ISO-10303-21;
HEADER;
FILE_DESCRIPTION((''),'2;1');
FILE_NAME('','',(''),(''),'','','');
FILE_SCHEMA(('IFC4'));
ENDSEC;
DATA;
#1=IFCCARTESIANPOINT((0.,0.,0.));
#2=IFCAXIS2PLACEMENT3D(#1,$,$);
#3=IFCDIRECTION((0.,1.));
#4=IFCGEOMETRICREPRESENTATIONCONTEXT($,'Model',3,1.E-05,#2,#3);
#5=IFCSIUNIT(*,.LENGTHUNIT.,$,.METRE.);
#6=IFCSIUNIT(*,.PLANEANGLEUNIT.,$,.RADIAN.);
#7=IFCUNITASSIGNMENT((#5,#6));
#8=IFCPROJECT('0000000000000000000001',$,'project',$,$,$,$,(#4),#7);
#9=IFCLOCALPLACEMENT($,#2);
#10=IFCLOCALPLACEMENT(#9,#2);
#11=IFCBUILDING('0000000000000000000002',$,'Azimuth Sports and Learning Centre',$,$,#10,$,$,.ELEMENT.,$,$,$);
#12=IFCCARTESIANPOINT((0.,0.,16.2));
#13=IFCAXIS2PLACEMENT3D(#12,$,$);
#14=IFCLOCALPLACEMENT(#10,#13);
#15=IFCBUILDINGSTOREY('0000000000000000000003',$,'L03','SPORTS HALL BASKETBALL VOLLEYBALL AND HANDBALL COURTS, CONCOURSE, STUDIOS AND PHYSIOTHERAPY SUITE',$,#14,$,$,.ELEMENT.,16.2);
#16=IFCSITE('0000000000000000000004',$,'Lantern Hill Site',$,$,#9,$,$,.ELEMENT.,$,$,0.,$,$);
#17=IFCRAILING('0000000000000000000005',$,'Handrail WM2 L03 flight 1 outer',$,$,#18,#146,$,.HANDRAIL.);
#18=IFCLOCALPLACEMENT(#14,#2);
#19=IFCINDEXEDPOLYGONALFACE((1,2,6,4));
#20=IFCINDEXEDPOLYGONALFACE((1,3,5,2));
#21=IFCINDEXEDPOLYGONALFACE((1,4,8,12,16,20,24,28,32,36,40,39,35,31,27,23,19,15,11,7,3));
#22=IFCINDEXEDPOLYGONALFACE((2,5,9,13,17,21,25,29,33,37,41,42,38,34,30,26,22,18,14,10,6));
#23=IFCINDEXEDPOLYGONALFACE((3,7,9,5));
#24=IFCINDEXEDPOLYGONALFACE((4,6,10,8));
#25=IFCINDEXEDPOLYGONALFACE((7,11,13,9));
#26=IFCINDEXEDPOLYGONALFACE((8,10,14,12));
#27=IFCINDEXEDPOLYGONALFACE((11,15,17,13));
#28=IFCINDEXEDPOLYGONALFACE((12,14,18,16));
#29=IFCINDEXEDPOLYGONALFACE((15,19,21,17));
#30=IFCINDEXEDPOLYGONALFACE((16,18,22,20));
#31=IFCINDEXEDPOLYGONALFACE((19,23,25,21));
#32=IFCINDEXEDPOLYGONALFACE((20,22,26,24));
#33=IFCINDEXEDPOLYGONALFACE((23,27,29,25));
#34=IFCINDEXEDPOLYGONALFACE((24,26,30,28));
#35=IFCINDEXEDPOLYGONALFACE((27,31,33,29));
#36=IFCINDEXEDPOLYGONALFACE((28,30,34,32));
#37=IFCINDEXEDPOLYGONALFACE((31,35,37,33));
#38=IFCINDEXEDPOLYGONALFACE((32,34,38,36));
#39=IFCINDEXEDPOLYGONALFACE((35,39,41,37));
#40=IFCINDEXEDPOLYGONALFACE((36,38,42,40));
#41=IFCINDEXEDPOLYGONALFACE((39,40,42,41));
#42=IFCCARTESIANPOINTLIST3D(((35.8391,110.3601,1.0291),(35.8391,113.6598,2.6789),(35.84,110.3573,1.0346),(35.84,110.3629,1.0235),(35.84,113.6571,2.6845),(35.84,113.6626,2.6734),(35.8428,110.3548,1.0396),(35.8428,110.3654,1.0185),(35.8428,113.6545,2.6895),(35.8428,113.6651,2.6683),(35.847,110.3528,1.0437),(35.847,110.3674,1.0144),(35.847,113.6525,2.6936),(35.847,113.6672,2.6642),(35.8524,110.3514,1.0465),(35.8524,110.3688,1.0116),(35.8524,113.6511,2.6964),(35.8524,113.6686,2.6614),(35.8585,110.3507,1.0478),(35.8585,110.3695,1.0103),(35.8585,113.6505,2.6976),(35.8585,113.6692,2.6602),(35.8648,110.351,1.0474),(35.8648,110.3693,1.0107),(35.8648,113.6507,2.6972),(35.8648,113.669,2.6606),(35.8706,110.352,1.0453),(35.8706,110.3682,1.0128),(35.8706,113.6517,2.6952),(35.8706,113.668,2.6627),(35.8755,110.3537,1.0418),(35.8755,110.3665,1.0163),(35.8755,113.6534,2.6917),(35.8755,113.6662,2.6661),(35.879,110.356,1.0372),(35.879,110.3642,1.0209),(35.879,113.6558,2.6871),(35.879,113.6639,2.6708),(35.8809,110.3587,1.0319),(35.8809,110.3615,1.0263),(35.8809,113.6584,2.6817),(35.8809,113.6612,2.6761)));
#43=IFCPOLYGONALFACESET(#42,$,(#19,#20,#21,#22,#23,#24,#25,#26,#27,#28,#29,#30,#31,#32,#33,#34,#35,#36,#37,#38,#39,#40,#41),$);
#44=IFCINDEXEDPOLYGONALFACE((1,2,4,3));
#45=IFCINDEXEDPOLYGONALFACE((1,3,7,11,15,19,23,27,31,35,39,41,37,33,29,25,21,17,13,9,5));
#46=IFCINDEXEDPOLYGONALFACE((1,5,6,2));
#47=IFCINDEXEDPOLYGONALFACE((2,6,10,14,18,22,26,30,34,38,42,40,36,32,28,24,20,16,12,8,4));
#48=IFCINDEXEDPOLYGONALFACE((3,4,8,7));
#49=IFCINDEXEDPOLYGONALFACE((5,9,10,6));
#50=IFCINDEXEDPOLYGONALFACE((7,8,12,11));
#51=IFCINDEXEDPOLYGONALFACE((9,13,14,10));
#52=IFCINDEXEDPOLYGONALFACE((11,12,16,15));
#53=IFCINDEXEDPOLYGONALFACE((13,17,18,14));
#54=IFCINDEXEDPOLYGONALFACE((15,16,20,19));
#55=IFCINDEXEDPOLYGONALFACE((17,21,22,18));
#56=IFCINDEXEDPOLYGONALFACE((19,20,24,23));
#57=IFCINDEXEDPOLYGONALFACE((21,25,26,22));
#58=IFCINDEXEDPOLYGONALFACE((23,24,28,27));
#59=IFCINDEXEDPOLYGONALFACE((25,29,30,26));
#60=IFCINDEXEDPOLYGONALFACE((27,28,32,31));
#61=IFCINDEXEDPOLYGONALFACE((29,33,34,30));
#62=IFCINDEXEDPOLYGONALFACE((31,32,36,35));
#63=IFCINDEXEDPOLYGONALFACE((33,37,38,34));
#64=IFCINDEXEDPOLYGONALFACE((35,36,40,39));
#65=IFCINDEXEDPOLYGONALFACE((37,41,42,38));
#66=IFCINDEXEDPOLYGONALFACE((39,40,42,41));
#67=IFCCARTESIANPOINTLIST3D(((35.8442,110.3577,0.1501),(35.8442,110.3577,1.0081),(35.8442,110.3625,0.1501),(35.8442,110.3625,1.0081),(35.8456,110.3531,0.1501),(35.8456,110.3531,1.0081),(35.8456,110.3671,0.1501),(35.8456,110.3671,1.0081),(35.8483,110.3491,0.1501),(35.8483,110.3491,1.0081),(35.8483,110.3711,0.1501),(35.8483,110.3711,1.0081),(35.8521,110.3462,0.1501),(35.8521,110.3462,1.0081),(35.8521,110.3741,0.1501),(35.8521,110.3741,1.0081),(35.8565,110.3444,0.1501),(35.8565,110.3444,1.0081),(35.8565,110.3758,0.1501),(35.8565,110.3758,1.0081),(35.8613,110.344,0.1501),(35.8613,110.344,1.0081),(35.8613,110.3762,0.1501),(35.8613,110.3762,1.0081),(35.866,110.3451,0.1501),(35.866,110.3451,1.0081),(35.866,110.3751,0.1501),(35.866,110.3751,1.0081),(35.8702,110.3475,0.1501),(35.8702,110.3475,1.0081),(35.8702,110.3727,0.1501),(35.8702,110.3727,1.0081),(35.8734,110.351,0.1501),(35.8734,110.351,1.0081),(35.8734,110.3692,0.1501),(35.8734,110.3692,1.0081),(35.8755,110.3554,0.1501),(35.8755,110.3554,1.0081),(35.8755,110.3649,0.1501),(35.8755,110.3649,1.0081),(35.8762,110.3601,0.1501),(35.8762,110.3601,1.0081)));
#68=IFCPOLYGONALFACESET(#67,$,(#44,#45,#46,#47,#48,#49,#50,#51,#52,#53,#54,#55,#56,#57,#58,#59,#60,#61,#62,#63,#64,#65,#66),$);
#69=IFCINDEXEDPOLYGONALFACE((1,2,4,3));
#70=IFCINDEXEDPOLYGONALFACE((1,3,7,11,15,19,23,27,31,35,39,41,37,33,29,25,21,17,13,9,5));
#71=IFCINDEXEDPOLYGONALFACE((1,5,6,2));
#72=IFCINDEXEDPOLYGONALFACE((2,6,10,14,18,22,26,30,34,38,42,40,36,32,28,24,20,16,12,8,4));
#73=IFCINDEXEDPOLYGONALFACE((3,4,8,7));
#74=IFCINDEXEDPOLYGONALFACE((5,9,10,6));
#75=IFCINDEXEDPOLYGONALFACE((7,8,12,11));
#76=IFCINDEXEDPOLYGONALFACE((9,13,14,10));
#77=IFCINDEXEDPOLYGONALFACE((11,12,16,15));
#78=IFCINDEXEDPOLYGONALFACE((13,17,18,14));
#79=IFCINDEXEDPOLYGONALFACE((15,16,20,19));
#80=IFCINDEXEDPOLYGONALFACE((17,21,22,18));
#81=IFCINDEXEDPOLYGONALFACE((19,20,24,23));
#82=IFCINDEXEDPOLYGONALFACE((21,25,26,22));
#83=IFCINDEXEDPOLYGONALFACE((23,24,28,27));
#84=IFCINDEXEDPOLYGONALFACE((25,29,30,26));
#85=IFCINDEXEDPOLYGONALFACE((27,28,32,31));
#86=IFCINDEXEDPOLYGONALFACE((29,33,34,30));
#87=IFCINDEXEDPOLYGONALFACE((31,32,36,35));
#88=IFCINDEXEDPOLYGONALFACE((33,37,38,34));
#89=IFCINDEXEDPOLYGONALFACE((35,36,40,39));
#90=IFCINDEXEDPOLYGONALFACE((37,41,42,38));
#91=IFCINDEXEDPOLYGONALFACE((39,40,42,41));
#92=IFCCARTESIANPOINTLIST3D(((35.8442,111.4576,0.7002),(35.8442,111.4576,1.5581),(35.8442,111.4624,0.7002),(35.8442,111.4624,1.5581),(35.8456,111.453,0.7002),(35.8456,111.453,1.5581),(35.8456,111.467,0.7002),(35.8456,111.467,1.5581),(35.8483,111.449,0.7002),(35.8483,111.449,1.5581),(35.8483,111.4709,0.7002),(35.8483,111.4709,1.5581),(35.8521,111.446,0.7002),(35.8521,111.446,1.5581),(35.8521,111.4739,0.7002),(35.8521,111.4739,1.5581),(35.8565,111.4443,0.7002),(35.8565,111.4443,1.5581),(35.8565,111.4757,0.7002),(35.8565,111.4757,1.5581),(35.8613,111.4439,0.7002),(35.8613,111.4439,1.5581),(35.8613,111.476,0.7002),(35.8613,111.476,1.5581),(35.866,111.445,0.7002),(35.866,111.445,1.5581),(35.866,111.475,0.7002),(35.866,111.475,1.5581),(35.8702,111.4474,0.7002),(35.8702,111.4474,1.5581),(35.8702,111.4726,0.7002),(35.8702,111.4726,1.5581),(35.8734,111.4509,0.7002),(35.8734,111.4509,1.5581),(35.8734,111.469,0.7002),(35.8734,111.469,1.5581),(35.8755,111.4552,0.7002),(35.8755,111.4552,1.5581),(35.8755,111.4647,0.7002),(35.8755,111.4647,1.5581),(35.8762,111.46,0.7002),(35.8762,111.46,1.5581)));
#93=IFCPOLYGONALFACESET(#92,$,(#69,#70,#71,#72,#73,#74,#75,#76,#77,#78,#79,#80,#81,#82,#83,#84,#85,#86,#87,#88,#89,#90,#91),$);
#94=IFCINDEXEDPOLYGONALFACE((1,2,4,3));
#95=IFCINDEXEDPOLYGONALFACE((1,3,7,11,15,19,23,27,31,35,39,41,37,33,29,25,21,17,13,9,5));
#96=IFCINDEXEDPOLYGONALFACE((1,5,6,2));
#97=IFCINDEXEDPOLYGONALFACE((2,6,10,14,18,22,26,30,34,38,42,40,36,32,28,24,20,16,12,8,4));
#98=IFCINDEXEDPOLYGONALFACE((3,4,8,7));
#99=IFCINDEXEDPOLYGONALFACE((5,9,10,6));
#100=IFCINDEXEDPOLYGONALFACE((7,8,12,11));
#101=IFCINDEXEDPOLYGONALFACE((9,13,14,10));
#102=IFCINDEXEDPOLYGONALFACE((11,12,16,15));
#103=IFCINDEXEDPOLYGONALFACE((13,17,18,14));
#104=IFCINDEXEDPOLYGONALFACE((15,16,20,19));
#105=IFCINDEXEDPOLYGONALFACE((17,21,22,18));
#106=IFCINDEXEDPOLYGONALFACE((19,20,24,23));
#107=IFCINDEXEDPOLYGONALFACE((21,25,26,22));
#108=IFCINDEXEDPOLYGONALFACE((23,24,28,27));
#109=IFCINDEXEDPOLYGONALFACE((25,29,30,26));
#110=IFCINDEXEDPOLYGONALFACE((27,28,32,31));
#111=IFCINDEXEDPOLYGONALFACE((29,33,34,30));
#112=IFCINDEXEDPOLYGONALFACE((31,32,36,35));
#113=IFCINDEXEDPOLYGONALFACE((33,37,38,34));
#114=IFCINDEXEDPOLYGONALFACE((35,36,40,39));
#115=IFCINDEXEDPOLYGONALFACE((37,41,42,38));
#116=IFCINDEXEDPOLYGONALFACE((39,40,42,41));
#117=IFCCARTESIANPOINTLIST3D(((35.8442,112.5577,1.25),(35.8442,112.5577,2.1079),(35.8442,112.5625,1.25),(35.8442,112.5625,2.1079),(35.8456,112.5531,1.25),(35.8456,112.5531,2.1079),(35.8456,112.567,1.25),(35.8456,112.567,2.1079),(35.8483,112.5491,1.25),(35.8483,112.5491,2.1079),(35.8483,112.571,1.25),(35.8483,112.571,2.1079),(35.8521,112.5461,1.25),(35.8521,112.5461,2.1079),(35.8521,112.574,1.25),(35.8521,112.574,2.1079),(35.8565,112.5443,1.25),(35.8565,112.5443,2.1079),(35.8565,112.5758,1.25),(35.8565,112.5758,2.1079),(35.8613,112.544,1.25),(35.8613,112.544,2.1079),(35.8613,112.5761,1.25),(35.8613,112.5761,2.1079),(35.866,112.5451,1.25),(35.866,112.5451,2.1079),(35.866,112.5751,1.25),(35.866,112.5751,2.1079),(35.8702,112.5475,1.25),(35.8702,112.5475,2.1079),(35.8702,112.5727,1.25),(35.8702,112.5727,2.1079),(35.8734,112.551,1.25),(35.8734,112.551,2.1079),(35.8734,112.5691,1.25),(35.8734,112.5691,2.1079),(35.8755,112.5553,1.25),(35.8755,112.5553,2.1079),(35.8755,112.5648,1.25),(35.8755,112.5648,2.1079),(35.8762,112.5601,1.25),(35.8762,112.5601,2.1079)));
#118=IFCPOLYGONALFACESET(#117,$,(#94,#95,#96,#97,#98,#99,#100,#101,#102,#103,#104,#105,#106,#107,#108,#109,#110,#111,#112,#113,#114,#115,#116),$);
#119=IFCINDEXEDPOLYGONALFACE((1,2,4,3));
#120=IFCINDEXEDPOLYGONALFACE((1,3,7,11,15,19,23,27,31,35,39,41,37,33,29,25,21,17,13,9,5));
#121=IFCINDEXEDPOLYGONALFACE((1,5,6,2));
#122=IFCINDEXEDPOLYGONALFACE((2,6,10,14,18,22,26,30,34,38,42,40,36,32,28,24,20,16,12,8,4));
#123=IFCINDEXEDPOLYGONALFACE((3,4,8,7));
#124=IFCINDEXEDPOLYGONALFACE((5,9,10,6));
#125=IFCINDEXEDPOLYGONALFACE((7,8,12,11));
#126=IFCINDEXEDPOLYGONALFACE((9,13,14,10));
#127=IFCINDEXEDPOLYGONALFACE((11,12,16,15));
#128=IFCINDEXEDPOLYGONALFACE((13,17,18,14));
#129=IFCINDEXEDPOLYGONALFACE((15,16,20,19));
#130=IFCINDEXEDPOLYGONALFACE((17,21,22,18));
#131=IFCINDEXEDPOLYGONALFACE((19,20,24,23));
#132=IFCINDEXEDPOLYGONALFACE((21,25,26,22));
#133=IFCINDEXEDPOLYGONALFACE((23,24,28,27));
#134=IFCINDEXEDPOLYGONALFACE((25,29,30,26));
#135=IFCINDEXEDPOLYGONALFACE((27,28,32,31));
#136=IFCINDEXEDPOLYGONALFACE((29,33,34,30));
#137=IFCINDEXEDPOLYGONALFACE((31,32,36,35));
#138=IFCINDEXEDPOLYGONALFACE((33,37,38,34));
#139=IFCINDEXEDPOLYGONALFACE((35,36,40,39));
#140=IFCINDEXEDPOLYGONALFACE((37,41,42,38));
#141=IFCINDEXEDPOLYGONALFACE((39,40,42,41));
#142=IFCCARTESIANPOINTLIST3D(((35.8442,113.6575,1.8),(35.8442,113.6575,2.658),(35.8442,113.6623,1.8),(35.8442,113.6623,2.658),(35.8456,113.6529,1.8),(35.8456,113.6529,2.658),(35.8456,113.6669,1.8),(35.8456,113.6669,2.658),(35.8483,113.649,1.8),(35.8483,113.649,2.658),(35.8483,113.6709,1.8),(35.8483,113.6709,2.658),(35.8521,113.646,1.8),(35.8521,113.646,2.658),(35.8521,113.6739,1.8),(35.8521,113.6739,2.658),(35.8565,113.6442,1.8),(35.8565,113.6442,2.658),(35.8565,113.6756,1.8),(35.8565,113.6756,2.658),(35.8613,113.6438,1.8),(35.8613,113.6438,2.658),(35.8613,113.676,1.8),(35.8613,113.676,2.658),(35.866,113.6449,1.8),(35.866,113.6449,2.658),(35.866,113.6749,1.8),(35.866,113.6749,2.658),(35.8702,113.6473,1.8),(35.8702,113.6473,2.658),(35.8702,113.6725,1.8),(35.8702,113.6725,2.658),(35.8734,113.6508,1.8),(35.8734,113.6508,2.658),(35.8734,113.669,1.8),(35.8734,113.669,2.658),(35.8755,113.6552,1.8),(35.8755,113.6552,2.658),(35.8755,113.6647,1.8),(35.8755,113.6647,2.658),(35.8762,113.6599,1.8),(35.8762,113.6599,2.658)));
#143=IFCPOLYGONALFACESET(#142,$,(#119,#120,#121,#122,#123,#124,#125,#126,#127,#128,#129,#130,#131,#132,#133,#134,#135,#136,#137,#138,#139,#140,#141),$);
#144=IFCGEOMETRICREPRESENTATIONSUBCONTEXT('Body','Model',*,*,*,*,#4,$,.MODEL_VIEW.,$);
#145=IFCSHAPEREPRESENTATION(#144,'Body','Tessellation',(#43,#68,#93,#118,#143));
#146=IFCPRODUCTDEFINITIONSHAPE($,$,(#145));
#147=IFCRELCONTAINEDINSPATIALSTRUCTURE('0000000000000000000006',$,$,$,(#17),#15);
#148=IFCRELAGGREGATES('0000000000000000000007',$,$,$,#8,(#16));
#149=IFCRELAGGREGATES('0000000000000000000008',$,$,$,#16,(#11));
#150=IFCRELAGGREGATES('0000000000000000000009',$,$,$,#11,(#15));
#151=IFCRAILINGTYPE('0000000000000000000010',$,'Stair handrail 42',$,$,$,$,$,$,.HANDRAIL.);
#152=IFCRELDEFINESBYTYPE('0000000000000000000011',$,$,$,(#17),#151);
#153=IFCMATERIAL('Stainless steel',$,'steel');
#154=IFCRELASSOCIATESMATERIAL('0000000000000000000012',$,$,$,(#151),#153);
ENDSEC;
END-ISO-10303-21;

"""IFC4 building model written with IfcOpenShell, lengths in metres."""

from ifc_helpers import new_model, si_unit, direction, frame, origin, origin_2d, place, context, subcontext, project, spatial, circle, extrude, material, type_object, element, save


model = new_model("IFC4")

# Units and contexts
model_context = context("Model", 3, precision=1e-05, world=origin(), true_north=direction((0.0, 1.0)))
body_context = subcontext(model_context, "Body", "Model", "MODEL_VIEW")
ifc_project = project(units=[si_unit("LENGTHUNIT", "METRE"), si_unit("PLANEANGLEUNIT", "RADIAN")], contexts=[model_context])

# Site, building, storey
site_placement = place(None, origin())
site = spatial("IfcSite", under=ifc_project, at=site_placement, Name="Lantern Hill Site", CompositionType="ELEMENT", RefElevation=0.0)
building_placement = place(site_placement, origin())
building = spatial("IfcBuilding", under=site, at=building_placement, Name="Azimuth Sports and Learning Centre", CompositionType="ELEMENT")
storey_placement = place(building_placement, frame((0.0, 0.0, 16.2)))
storey = spatial("IfcBuildingStorey", under=building, at=storey_placement, Name="L03", Description="SPORTS HALL BASKETBALL VOLLEYBALL AND HANDBALL COURTS, CONCOURSE, STUDIOS AND PHYSIOTHERAPY SUITE", CompositionType="ELEMENT", Elevation=16.2)

# Railing
ifc_material_1 = material(Name="Stainless steel", Category="steel")
railing_type_1 = type_object("IfcRailingType", Name="Stair handrail 42", PredefinedType="HANDRAIL", material=ifc_material_1)
for number, where, name in (
    (1, (35.8601, 110.3601, 0.1501), "Handrail WM2 L03 flight 1 outer"),
):
    element("IfcRailing", number, at=place(storey_placement, frame(where)), inside=storey, type_object=railing_type_1, Name=name, PredefinedType="HANDRAIL", context=body_context, shape_type="SweptSolid", body=[
        extrude(circle(Radius=0.021, at=origin_2d()), frame((0.0, 0.0, 0.8789), z_axis=(0.0, 0.894427, 0.447214), x_axis=(-1.0, 0.0, 0.0)), (0.0, 0.0, 1.0), 3.6892),
        extrude(circle(Radius=0.0161, at=origin_2d()), origin(), (0.0, 0.0, 1.0), 0.8579),
        extrude(circle(Radius=0.0161, at=origin_2d()), frame((0.0, 1.0999, 0.55)), (0.0, 0.0, 1.0), 0.8579),
        extrude(circle(Radius=0.0161, at=origin_2d()), frame((0.0, 2.2, 1.0999)), (0.0, 0.0, 1.0), 0.8579),
        extrude(circle(Radius=0.0161, at=origin_2d()), frame((0.0, 3.2998, 1.6499)), (0.0, 0.0, 1.0), 0.8579),
    ])

save(model, "model.ifc")
